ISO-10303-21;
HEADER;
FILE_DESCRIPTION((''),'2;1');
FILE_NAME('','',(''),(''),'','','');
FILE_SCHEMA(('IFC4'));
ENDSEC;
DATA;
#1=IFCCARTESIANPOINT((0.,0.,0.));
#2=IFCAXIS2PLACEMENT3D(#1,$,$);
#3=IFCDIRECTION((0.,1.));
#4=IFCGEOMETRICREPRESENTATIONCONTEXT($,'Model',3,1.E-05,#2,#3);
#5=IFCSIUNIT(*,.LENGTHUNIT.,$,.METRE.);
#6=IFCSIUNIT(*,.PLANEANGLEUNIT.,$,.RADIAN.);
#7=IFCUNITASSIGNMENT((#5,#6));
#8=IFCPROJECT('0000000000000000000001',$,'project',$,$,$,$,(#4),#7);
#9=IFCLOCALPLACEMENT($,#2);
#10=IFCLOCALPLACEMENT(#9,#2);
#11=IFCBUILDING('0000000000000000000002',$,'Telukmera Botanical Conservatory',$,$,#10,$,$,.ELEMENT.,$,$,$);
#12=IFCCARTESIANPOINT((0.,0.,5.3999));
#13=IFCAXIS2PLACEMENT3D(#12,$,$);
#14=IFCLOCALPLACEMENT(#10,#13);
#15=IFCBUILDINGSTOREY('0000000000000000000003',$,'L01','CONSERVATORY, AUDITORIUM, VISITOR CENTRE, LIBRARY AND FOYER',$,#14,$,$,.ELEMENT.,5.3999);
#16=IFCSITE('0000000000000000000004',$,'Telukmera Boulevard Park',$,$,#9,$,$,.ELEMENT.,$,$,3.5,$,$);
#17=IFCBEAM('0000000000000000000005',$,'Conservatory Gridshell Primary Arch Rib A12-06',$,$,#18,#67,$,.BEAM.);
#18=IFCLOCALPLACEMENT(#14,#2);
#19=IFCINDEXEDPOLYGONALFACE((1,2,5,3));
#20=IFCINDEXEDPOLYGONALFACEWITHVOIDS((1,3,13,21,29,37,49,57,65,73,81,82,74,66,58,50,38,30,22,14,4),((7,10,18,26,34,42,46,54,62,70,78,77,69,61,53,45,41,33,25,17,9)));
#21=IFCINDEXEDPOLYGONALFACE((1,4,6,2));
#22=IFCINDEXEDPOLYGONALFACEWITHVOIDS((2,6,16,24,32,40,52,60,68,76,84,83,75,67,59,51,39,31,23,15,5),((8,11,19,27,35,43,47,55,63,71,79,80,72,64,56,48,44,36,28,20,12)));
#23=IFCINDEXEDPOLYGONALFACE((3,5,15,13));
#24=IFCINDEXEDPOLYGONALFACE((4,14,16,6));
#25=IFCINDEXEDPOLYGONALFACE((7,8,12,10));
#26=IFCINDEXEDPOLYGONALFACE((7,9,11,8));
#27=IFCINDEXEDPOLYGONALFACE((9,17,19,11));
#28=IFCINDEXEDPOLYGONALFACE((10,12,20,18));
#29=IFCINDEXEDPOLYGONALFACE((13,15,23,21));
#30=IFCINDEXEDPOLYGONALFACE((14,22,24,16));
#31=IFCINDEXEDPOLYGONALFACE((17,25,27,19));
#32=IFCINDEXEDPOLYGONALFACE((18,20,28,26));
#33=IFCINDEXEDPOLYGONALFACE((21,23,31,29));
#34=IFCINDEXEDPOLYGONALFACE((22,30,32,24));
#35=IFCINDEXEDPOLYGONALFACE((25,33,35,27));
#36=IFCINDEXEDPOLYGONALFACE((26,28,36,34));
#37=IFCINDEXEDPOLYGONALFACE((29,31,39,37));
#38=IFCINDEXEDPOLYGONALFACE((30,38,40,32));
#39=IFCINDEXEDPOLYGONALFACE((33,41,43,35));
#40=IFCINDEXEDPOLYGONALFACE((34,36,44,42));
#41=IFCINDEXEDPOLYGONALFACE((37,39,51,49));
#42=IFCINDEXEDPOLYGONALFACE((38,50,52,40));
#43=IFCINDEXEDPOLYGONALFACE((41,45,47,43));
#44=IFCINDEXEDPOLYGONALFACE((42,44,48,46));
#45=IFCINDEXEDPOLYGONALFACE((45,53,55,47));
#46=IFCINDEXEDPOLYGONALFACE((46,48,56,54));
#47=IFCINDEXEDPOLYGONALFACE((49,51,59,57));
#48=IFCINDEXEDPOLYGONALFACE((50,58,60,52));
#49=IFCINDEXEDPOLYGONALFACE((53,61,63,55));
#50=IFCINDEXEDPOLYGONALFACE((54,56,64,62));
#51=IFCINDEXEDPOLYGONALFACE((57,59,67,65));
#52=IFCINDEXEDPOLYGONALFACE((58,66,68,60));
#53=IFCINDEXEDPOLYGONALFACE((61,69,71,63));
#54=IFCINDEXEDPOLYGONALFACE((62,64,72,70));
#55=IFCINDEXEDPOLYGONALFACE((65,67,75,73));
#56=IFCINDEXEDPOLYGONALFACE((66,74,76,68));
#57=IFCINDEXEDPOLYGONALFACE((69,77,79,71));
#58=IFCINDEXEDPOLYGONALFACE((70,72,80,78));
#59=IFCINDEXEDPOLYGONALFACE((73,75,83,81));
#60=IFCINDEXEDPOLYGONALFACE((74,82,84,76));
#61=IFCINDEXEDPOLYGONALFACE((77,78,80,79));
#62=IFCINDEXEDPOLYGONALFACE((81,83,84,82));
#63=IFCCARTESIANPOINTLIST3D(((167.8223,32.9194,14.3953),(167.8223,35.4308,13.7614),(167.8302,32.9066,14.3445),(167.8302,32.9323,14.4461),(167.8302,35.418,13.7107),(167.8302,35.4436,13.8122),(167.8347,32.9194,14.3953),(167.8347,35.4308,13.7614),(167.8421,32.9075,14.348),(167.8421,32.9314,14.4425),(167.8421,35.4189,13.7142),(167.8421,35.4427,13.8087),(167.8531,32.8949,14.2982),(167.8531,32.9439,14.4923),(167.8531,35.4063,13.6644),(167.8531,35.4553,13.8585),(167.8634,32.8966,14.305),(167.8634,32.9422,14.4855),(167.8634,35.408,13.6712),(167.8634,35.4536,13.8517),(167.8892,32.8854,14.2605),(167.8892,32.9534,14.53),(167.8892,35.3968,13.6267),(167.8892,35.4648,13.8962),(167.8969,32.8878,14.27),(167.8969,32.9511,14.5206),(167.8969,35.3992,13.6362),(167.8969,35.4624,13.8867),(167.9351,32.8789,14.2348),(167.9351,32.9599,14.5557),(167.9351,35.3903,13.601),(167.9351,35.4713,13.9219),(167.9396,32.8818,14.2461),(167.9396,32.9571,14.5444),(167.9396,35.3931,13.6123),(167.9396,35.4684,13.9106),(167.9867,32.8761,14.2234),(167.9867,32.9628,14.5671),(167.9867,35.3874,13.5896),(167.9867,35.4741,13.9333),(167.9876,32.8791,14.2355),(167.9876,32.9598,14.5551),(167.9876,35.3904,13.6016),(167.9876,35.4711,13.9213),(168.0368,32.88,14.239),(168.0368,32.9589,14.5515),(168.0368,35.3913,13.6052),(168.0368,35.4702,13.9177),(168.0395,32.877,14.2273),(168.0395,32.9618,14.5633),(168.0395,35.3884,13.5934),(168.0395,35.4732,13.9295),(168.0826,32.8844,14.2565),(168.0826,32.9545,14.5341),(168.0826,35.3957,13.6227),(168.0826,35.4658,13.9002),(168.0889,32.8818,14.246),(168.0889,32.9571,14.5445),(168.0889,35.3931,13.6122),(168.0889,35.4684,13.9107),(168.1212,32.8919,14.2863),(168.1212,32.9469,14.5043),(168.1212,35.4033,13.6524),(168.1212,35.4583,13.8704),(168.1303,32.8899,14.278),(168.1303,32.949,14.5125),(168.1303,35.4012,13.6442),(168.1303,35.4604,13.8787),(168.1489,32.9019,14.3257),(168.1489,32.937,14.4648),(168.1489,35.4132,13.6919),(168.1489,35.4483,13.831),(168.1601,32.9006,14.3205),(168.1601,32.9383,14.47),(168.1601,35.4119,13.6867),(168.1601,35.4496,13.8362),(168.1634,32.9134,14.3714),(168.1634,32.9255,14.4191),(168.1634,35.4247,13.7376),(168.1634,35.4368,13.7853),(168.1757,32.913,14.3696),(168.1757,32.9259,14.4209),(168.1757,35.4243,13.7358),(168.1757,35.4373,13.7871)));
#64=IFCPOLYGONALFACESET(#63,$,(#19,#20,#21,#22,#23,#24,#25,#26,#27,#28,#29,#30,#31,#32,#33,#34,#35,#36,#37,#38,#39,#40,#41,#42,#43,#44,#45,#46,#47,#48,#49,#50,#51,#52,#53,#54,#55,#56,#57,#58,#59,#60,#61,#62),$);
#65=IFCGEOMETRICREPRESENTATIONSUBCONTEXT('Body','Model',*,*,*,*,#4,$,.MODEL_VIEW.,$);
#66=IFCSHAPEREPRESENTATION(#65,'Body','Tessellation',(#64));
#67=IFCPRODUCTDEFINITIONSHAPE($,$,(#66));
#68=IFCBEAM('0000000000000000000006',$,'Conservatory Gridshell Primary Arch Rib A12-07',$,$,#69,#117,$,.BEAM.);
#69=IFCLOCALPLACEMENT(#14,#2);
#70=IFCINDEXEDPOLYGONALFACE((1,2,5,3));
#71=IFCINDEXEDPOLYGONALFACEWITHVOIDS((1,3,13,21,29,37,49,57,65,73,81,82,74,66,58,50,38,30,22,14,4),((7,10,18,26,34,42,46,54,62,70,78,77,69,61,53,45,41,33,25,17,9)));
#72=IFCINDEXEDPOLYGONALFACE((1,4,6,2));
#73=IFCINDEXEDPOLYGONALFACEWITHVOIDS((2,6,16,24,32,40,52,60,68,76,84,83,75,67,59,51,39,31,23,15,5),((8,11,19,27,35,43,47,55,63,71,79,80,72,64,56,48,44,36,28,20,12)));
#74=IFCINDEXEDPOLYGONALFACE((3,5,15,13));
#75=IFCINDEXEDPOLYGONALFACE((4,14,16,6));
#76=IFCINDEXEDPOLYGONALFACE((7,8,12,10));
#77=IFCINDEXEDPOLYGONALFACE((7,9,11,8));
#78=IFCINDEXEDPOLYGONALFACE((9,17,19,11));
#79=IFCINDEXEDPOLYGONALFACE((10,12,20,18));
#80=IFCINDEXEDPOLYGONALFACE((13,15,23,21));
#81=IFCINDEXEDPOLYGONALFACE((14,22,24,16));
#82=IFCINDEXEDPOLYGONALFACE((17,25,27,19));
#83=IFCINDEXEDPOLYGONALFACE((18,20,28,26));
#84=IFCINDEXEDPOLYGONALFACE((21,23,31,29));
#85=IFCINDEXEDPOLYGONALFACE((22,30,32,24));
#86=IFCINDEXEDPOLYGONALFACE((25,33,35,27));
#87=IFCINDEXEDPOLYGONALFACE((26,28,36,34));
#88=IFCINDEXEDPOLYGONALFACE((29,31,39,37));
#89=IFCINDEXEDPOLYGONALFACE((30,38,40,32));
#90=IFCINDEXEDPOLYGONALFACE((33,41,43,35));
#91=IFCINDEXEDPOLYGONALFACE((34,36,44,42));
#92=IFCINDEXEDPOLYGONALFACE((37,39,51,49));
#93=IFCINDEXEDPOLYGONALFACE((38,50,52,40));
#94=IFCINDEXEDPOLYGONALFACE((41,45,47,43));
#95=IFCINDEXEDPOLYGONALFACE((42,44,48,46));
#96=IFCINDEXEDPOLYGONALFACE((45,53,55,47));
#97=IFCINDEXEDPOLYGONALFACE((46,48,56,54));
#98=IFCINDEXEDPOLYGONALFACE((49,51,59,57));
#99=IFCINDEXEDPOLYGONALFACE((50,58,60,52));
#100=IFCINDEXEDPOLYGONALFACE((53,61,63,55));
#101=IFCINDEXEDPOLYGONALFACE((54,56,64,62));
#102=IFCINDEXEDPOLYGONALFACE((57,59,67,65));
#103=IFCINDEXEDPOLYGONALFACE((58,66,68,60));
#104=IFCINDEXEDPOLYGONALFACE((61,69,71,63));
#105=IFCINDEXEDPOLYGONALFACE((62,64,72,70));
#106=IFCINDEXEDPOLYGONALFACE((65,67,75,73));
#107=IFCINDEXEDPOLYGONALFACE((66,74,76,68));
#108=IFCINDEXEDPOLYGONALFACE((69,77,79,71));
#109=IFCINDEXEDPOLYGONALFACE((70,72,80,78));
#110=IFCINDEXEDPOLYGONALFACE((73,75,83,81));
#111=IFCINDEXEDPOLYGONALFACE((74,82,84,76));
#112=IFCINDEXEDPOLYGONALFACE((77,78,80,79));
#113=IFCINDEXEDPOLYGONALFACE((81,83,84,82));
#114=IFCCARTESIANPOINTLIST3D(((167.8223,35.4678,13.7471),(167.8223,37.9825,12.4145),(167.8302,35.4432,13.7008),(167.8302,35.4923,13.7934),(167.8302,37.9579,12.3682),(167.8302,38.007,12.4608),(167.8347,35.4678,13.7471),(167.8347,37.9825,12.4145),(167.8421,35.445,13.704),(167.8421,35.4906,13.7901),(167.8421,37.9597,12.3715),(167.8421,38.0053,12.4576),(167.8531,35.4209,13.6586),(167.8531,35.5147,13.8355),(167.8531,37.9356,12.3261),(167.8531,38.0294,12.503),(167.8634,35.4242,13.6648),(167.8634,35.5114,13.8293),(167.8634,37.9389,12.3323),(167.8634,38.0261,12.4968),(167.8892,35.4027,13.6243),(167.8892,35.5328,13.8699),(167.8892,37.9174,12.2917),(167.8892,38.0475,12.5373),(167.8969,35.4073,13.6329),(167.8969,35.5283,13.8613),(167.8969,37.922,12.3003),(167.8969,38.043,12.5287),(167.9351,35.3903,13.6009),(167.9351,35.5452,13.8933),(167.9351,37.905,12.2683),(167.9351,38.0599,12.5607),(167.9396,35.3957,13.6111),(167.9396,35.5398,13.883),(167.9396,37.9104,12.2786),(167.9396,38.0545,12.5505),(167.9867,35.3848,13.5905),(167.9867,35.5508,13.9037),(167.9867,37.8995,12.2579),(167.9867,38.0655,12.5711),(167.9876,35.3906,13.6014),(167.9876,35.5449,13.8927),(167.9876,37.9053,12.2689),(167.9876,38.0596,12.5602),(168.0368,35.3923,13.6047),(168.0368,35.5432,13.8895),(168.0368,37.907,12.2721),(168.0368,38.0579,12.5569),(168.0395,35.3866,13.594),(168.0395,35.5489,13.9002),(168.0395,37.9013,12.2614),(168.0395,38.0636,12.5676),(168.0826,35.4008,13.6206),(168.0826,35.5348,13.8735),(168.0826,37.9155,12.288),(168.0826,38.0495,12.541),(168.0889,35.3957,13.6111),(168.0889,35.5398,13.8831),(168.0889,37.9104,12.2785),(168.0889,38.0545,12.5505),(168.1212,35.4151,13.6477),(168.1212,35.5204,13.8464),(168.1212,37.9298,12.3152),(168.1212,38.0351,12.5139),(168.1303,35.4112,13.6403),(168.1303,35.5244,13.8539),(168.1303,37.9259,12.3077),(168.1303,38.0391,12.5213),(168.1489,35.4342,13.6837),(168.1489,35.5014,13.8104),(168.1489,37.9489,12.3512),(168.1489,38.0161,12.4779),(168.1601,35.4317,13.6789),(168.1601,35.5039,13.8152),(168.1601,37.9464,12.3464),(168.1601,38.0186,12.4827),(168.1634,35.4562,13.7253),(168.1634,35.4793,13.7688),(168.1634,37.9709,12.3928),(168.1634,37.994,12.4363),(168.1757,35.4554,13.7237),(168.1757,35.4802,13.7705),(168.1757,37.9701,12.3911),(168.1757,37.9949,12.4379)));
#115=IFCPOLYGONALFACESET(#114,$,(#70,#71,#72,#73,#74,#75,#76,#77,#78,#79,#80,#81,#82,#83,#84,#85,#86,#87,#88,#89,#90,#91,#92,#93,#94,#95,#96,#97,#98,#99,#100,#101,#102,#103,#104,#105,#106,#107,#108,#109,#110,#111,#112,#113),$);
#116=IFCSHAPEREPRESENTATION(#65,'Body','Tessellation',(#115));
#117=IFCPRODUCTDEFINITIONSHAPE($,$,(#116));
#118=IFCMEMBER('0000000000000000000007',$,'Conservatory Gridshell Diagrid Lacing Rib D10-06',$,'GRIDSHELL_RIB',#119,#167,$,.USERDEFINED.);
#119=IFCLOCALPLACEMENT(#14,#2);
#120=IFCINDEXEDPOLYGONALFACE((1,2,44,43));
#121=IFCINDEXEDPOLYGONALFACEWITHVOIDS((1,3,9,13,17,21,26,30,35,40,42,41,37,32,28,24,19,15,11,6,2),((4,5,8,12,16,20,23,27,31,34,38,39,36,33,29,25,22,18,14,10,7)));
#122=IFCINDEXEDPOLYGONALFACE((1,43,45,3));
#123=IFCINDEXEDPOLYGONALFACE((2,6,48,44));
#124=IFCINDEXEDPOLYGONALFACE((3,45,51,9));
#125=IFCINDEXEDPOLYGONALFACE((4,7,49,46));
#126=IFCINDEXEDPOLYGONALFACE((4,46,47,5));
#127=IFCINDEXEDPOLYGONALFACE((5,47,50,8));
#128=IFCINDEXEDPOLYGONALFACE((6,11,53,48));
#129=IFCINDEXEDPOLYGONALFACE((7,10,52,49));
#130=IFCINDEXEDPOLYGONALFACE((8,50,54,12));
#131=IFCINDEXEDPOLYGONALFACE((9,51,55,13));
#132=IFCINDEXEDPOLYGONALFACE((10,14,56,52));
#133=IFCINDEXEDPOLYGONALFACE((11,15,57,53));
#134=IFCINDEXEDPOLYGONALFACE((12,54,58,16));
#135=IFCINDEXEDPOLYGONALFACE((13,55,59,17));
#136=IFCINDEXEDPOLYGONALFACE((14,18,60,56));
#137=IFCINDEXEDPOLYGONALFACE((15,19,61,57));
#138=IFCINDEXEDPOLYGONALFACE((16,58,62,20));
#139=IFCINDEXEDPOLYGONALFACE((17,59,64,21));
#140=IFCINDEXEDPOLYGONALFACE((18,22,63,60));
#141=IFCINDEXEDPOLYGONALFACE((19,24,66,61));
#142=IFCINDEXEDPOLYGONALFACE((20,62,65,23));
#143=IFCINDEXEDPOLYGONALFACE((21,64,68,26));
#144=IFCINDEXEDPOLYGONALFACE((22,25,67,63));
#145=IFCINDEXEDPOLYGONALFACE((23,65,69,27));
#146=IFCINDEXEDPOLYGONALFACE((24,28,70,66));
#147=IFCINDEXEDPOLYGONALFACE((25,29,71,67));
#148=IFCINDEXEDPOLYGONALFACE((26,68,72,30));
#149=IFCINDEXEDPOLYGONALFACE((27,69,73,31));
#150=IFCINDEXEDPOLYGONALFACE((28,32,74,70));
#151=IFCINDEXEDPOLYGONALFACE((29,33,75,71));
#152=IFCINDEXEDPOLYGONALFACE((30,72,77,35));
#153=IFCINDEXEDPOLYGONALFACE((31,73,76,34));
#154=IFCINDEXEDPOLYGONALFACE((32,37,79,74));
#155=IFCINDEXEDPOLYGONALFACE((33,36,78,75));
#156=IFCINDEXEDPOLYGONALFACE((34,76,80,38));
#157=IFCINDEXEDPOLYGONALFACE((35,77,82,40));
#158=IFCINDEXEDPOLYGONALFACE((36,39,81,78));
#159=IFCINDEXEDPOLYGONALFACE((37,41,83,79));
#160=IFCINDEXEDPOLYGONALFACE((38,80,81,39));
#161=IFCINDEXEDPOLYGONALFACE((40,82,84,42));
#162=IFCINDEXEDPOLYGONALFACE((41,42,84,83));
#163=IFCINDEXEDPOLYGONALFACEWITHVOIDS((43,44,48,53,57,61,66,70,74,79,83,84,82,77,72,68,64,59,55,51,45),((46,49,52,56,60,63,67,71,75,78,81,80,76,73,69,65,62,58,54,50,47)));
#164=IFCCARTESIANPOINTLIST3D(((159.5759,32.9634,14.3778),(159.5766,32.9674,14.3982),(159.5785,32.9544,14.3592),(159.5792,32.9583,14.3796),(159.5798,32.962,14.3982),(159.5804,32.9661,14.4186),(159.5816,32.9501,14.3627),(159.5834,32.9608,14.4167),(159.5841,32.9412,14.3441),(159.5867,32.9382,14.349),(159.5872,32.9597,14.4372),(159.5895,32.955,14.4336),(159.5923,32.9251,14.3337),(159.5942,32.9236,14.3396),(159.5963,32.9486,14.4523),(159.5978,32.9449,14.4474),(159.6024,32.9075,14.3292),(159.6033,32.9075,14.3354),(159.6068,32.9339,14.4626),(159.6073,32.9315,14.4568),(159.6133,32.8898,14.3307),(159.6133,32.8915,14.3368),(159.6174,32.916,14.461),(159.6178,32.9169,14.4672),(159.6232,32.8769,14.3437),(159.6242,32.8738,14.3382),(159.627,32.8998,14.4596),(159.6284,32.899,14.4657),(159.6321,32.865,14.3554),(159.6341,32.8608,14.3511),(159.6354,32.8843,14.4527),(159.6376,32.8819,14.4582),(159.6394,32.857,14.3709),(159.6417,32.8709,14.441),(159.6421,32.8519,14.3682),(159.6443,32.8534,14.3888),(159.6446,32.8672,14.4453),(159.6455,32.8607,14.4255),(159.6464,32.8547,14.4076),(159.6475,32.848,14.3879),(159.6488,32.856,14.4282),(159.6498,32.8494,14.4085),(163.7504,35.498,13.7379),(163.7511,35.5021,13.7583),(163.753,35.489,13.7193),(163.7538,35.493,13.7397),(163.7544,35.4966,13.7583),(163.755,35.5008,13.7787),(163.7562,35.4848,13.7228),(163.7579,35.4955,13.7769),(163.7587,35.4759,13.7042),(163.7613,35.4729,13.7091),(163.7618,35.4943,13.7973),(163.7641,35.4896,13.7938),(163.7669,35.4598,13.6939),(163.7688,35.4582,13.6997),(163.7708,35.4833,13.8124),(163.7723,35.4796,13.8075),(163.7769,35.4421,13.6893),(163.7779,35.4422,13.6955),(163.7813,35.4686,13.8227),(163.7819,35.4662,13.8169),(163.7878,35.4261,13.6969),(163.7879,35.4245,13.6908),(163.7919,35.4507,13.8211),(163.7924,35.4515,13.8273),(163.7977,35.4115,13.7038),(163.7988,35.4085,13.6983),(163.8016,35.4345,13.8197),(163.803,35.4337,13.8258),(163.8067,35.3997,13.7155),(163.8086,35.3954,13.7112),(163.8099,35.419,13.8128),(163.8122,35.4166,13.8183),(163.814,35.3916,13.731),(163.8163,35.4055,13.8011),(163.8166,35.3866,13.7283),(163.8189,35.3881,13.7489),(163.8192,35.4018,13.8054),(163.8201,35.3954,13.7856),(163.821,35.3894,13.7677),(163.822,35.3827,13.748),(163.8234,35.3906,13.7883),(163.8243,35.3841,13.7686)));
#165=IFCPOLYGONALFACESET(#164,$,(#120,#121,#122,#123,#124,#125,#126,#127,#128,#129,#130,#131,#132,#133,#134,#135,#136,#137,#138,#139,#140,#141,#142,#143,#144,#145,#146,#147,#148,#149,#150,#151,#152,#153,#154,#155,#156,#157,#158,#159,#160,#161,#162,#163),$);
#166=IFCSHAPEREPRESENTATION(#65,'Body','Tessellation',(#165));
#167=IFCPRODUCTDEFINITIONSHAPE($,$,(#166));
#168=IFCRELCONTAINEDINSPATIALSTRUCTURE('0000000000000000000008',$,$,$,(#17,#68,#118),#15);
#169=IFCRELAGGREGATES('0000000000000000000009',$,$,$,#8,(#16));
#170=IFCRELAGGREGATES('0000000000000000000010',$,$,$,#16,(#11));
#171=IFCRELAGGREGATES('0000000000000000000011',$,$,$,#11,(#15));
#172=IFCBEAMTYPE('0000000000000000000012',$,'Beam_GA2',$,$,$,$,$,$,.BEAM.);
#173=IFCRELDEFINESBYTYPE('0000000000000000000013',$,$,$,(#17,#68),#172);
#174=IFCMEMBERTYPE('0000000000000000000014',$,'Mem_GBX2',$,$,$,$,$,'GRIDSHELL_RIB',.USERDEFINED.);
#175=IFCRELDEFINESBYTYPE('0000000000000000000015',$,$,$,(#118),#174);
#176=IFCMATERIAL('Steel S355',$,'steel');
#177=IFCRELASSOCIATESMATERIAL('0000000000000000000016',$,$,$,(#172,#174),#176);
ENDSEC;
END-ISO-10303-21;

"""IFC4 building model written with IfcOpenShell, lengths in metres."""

from ifc_helpers import new_model, si_unit, direction, frame, origin, origin_2d, place, context, subcontext, project, spatial, hollow_circle, extrude, material, material_profile, profile_set, type_object, element, save


model = new_model("IFC4")

# Units and contexts
model_context = context("Model", 3, precision=1e-05, world=origin(), true_north=direction((0.0, 1.0)))
body_context = subcontext(model_context, "Body", "Model", "MODEL_VIEW")
ifc_project = project(units=[si_unit("LENGTHUNIT", "METRE"), si_unit("PLANEANGLEUNIT", "RADIAN")], contexts=[model_context])

# Site, building, storey
site_placement = place(None, origin())
site = spatial("IfcSite", under=ifc_project, at=site_placement, Name="Telukmera Boulevard Park", CompositionType="ELEMENT", RefElevation=3.5)
building_placement = place(site_placement, origin())
building = spatial("IfcBuilding", under=site, at=building_placement, Name="Telukmera Botanical Conservatory", CompositionType="ELEMENT")
storey_placement = place(building_placement, frame((0.0, 0.0, 5.3999)))
storey = spatial("IfcBuildingStorey", under=building, at=storey_placement, Name="L01", Description="CONSERVATORY, AUDITORIUM, VISITOR CENTRE, LIBRARY AND FOYER", CompositionType="ELEMENT", Elevation=5.3999)

# Beams
ifc_material = material(Name="Steel S355", Category="steel")
ifc_material_profile_1 = material_profile(ifc_material, hollow_circle(Radius=0.1777, WallThickness=0.0125, at=origin_2d()), Name="CHS 355.6x12.5")
ifc_profile_set_1 = profile_set([ifc_material_profile_1], Name="Steel S355")
beam_type = type_object("IfcBeamType", Name="Beam_GA2", PredefinedType="BEAM", material=ifc_profile_set_1)
beam_1_placement = place(storey_placement, frame((168.0, 32.9194, 14.3953), z_axis=(0.0, 0.969597, -0.244709), x_axis=(-1.0, 0.0, 0.0)))
element("IfcBeam", 1, at=beam_1_placement, inside=storey, type_object=beam_type, Name="Conservatory Gridshell Primary Arch Rib A12-06", PredefinedType="BEAM", context=body_context, shape_type="SweptSolid", body=[
    extrude(hollow_circle(Radius=0.1777, WallThickness=0.0125, at=origin_2d()), origin(), (0.0, 0.0, 1.0), 2.5901),
])
beam_2_placement = place(storey_placement, frame((168.0, 35.4678, 13.7471), z_axis=(0.0, 0.883608, -0.468227), x_axis=(-1.0, 0.0, 0.0)))
element("IfcBeam", 2, at=beam_2_placement, inside=storey, type_object=beam_type, Name="Conservatory Gridshell Primary Arch Rib A12-07", PredefinedType="BEAM", context=body_context, shape_type="SweptSolid", body=[
    extrude(hollow_circle(Radius=0.1777, WallThickness=0.0125, at=origin_2d()), origin(), (0.0, 0.0, 1.0), 2.8459),
])

# Member
ifc_material_profile_2 = material_profile(ifc_material, hollow_circle(Radius=0.0698, WallThickness=0.0063, at=origin_2d()), Name="CHS 139.7x6.3")
ifc_profile_set_2 = profile_set([ifc_material_profile_2], Name="Steel S355")
member_type_1 = type_object("IfcMemberType", Name="Mem_GBX2", ElementType="GRIDSHELL_RIB", PredefinedType="USERDEFINED", material=ifc_profile_set_2)
member_1_placement = place(storey_placement, frame((159.6128, 32.9077, 14.3982), z_axis=(0.847533, 0.514597, -0.129913), x_axis=(-0.518995, 0.854777, 0.0)))
element("IfcMember", 3, at=member_1_placement, inside=storey, type_object=member_type_1, Name="Conservatory Gridshell Diagrid Lacing Rib D10-06", ObjectType="GRIDSHELL_RIB", PredefinedType="USERDEFINED", context=body_context, shape_type="SweptSolid", body=[
    extrude(hollow_circle(Radius=0.0698, WallThickness=0.0063, at=origin_2d()), origin(), (0.0, 0.0, 1.0), 4.9255),
])

save(model, "model.ifc")
